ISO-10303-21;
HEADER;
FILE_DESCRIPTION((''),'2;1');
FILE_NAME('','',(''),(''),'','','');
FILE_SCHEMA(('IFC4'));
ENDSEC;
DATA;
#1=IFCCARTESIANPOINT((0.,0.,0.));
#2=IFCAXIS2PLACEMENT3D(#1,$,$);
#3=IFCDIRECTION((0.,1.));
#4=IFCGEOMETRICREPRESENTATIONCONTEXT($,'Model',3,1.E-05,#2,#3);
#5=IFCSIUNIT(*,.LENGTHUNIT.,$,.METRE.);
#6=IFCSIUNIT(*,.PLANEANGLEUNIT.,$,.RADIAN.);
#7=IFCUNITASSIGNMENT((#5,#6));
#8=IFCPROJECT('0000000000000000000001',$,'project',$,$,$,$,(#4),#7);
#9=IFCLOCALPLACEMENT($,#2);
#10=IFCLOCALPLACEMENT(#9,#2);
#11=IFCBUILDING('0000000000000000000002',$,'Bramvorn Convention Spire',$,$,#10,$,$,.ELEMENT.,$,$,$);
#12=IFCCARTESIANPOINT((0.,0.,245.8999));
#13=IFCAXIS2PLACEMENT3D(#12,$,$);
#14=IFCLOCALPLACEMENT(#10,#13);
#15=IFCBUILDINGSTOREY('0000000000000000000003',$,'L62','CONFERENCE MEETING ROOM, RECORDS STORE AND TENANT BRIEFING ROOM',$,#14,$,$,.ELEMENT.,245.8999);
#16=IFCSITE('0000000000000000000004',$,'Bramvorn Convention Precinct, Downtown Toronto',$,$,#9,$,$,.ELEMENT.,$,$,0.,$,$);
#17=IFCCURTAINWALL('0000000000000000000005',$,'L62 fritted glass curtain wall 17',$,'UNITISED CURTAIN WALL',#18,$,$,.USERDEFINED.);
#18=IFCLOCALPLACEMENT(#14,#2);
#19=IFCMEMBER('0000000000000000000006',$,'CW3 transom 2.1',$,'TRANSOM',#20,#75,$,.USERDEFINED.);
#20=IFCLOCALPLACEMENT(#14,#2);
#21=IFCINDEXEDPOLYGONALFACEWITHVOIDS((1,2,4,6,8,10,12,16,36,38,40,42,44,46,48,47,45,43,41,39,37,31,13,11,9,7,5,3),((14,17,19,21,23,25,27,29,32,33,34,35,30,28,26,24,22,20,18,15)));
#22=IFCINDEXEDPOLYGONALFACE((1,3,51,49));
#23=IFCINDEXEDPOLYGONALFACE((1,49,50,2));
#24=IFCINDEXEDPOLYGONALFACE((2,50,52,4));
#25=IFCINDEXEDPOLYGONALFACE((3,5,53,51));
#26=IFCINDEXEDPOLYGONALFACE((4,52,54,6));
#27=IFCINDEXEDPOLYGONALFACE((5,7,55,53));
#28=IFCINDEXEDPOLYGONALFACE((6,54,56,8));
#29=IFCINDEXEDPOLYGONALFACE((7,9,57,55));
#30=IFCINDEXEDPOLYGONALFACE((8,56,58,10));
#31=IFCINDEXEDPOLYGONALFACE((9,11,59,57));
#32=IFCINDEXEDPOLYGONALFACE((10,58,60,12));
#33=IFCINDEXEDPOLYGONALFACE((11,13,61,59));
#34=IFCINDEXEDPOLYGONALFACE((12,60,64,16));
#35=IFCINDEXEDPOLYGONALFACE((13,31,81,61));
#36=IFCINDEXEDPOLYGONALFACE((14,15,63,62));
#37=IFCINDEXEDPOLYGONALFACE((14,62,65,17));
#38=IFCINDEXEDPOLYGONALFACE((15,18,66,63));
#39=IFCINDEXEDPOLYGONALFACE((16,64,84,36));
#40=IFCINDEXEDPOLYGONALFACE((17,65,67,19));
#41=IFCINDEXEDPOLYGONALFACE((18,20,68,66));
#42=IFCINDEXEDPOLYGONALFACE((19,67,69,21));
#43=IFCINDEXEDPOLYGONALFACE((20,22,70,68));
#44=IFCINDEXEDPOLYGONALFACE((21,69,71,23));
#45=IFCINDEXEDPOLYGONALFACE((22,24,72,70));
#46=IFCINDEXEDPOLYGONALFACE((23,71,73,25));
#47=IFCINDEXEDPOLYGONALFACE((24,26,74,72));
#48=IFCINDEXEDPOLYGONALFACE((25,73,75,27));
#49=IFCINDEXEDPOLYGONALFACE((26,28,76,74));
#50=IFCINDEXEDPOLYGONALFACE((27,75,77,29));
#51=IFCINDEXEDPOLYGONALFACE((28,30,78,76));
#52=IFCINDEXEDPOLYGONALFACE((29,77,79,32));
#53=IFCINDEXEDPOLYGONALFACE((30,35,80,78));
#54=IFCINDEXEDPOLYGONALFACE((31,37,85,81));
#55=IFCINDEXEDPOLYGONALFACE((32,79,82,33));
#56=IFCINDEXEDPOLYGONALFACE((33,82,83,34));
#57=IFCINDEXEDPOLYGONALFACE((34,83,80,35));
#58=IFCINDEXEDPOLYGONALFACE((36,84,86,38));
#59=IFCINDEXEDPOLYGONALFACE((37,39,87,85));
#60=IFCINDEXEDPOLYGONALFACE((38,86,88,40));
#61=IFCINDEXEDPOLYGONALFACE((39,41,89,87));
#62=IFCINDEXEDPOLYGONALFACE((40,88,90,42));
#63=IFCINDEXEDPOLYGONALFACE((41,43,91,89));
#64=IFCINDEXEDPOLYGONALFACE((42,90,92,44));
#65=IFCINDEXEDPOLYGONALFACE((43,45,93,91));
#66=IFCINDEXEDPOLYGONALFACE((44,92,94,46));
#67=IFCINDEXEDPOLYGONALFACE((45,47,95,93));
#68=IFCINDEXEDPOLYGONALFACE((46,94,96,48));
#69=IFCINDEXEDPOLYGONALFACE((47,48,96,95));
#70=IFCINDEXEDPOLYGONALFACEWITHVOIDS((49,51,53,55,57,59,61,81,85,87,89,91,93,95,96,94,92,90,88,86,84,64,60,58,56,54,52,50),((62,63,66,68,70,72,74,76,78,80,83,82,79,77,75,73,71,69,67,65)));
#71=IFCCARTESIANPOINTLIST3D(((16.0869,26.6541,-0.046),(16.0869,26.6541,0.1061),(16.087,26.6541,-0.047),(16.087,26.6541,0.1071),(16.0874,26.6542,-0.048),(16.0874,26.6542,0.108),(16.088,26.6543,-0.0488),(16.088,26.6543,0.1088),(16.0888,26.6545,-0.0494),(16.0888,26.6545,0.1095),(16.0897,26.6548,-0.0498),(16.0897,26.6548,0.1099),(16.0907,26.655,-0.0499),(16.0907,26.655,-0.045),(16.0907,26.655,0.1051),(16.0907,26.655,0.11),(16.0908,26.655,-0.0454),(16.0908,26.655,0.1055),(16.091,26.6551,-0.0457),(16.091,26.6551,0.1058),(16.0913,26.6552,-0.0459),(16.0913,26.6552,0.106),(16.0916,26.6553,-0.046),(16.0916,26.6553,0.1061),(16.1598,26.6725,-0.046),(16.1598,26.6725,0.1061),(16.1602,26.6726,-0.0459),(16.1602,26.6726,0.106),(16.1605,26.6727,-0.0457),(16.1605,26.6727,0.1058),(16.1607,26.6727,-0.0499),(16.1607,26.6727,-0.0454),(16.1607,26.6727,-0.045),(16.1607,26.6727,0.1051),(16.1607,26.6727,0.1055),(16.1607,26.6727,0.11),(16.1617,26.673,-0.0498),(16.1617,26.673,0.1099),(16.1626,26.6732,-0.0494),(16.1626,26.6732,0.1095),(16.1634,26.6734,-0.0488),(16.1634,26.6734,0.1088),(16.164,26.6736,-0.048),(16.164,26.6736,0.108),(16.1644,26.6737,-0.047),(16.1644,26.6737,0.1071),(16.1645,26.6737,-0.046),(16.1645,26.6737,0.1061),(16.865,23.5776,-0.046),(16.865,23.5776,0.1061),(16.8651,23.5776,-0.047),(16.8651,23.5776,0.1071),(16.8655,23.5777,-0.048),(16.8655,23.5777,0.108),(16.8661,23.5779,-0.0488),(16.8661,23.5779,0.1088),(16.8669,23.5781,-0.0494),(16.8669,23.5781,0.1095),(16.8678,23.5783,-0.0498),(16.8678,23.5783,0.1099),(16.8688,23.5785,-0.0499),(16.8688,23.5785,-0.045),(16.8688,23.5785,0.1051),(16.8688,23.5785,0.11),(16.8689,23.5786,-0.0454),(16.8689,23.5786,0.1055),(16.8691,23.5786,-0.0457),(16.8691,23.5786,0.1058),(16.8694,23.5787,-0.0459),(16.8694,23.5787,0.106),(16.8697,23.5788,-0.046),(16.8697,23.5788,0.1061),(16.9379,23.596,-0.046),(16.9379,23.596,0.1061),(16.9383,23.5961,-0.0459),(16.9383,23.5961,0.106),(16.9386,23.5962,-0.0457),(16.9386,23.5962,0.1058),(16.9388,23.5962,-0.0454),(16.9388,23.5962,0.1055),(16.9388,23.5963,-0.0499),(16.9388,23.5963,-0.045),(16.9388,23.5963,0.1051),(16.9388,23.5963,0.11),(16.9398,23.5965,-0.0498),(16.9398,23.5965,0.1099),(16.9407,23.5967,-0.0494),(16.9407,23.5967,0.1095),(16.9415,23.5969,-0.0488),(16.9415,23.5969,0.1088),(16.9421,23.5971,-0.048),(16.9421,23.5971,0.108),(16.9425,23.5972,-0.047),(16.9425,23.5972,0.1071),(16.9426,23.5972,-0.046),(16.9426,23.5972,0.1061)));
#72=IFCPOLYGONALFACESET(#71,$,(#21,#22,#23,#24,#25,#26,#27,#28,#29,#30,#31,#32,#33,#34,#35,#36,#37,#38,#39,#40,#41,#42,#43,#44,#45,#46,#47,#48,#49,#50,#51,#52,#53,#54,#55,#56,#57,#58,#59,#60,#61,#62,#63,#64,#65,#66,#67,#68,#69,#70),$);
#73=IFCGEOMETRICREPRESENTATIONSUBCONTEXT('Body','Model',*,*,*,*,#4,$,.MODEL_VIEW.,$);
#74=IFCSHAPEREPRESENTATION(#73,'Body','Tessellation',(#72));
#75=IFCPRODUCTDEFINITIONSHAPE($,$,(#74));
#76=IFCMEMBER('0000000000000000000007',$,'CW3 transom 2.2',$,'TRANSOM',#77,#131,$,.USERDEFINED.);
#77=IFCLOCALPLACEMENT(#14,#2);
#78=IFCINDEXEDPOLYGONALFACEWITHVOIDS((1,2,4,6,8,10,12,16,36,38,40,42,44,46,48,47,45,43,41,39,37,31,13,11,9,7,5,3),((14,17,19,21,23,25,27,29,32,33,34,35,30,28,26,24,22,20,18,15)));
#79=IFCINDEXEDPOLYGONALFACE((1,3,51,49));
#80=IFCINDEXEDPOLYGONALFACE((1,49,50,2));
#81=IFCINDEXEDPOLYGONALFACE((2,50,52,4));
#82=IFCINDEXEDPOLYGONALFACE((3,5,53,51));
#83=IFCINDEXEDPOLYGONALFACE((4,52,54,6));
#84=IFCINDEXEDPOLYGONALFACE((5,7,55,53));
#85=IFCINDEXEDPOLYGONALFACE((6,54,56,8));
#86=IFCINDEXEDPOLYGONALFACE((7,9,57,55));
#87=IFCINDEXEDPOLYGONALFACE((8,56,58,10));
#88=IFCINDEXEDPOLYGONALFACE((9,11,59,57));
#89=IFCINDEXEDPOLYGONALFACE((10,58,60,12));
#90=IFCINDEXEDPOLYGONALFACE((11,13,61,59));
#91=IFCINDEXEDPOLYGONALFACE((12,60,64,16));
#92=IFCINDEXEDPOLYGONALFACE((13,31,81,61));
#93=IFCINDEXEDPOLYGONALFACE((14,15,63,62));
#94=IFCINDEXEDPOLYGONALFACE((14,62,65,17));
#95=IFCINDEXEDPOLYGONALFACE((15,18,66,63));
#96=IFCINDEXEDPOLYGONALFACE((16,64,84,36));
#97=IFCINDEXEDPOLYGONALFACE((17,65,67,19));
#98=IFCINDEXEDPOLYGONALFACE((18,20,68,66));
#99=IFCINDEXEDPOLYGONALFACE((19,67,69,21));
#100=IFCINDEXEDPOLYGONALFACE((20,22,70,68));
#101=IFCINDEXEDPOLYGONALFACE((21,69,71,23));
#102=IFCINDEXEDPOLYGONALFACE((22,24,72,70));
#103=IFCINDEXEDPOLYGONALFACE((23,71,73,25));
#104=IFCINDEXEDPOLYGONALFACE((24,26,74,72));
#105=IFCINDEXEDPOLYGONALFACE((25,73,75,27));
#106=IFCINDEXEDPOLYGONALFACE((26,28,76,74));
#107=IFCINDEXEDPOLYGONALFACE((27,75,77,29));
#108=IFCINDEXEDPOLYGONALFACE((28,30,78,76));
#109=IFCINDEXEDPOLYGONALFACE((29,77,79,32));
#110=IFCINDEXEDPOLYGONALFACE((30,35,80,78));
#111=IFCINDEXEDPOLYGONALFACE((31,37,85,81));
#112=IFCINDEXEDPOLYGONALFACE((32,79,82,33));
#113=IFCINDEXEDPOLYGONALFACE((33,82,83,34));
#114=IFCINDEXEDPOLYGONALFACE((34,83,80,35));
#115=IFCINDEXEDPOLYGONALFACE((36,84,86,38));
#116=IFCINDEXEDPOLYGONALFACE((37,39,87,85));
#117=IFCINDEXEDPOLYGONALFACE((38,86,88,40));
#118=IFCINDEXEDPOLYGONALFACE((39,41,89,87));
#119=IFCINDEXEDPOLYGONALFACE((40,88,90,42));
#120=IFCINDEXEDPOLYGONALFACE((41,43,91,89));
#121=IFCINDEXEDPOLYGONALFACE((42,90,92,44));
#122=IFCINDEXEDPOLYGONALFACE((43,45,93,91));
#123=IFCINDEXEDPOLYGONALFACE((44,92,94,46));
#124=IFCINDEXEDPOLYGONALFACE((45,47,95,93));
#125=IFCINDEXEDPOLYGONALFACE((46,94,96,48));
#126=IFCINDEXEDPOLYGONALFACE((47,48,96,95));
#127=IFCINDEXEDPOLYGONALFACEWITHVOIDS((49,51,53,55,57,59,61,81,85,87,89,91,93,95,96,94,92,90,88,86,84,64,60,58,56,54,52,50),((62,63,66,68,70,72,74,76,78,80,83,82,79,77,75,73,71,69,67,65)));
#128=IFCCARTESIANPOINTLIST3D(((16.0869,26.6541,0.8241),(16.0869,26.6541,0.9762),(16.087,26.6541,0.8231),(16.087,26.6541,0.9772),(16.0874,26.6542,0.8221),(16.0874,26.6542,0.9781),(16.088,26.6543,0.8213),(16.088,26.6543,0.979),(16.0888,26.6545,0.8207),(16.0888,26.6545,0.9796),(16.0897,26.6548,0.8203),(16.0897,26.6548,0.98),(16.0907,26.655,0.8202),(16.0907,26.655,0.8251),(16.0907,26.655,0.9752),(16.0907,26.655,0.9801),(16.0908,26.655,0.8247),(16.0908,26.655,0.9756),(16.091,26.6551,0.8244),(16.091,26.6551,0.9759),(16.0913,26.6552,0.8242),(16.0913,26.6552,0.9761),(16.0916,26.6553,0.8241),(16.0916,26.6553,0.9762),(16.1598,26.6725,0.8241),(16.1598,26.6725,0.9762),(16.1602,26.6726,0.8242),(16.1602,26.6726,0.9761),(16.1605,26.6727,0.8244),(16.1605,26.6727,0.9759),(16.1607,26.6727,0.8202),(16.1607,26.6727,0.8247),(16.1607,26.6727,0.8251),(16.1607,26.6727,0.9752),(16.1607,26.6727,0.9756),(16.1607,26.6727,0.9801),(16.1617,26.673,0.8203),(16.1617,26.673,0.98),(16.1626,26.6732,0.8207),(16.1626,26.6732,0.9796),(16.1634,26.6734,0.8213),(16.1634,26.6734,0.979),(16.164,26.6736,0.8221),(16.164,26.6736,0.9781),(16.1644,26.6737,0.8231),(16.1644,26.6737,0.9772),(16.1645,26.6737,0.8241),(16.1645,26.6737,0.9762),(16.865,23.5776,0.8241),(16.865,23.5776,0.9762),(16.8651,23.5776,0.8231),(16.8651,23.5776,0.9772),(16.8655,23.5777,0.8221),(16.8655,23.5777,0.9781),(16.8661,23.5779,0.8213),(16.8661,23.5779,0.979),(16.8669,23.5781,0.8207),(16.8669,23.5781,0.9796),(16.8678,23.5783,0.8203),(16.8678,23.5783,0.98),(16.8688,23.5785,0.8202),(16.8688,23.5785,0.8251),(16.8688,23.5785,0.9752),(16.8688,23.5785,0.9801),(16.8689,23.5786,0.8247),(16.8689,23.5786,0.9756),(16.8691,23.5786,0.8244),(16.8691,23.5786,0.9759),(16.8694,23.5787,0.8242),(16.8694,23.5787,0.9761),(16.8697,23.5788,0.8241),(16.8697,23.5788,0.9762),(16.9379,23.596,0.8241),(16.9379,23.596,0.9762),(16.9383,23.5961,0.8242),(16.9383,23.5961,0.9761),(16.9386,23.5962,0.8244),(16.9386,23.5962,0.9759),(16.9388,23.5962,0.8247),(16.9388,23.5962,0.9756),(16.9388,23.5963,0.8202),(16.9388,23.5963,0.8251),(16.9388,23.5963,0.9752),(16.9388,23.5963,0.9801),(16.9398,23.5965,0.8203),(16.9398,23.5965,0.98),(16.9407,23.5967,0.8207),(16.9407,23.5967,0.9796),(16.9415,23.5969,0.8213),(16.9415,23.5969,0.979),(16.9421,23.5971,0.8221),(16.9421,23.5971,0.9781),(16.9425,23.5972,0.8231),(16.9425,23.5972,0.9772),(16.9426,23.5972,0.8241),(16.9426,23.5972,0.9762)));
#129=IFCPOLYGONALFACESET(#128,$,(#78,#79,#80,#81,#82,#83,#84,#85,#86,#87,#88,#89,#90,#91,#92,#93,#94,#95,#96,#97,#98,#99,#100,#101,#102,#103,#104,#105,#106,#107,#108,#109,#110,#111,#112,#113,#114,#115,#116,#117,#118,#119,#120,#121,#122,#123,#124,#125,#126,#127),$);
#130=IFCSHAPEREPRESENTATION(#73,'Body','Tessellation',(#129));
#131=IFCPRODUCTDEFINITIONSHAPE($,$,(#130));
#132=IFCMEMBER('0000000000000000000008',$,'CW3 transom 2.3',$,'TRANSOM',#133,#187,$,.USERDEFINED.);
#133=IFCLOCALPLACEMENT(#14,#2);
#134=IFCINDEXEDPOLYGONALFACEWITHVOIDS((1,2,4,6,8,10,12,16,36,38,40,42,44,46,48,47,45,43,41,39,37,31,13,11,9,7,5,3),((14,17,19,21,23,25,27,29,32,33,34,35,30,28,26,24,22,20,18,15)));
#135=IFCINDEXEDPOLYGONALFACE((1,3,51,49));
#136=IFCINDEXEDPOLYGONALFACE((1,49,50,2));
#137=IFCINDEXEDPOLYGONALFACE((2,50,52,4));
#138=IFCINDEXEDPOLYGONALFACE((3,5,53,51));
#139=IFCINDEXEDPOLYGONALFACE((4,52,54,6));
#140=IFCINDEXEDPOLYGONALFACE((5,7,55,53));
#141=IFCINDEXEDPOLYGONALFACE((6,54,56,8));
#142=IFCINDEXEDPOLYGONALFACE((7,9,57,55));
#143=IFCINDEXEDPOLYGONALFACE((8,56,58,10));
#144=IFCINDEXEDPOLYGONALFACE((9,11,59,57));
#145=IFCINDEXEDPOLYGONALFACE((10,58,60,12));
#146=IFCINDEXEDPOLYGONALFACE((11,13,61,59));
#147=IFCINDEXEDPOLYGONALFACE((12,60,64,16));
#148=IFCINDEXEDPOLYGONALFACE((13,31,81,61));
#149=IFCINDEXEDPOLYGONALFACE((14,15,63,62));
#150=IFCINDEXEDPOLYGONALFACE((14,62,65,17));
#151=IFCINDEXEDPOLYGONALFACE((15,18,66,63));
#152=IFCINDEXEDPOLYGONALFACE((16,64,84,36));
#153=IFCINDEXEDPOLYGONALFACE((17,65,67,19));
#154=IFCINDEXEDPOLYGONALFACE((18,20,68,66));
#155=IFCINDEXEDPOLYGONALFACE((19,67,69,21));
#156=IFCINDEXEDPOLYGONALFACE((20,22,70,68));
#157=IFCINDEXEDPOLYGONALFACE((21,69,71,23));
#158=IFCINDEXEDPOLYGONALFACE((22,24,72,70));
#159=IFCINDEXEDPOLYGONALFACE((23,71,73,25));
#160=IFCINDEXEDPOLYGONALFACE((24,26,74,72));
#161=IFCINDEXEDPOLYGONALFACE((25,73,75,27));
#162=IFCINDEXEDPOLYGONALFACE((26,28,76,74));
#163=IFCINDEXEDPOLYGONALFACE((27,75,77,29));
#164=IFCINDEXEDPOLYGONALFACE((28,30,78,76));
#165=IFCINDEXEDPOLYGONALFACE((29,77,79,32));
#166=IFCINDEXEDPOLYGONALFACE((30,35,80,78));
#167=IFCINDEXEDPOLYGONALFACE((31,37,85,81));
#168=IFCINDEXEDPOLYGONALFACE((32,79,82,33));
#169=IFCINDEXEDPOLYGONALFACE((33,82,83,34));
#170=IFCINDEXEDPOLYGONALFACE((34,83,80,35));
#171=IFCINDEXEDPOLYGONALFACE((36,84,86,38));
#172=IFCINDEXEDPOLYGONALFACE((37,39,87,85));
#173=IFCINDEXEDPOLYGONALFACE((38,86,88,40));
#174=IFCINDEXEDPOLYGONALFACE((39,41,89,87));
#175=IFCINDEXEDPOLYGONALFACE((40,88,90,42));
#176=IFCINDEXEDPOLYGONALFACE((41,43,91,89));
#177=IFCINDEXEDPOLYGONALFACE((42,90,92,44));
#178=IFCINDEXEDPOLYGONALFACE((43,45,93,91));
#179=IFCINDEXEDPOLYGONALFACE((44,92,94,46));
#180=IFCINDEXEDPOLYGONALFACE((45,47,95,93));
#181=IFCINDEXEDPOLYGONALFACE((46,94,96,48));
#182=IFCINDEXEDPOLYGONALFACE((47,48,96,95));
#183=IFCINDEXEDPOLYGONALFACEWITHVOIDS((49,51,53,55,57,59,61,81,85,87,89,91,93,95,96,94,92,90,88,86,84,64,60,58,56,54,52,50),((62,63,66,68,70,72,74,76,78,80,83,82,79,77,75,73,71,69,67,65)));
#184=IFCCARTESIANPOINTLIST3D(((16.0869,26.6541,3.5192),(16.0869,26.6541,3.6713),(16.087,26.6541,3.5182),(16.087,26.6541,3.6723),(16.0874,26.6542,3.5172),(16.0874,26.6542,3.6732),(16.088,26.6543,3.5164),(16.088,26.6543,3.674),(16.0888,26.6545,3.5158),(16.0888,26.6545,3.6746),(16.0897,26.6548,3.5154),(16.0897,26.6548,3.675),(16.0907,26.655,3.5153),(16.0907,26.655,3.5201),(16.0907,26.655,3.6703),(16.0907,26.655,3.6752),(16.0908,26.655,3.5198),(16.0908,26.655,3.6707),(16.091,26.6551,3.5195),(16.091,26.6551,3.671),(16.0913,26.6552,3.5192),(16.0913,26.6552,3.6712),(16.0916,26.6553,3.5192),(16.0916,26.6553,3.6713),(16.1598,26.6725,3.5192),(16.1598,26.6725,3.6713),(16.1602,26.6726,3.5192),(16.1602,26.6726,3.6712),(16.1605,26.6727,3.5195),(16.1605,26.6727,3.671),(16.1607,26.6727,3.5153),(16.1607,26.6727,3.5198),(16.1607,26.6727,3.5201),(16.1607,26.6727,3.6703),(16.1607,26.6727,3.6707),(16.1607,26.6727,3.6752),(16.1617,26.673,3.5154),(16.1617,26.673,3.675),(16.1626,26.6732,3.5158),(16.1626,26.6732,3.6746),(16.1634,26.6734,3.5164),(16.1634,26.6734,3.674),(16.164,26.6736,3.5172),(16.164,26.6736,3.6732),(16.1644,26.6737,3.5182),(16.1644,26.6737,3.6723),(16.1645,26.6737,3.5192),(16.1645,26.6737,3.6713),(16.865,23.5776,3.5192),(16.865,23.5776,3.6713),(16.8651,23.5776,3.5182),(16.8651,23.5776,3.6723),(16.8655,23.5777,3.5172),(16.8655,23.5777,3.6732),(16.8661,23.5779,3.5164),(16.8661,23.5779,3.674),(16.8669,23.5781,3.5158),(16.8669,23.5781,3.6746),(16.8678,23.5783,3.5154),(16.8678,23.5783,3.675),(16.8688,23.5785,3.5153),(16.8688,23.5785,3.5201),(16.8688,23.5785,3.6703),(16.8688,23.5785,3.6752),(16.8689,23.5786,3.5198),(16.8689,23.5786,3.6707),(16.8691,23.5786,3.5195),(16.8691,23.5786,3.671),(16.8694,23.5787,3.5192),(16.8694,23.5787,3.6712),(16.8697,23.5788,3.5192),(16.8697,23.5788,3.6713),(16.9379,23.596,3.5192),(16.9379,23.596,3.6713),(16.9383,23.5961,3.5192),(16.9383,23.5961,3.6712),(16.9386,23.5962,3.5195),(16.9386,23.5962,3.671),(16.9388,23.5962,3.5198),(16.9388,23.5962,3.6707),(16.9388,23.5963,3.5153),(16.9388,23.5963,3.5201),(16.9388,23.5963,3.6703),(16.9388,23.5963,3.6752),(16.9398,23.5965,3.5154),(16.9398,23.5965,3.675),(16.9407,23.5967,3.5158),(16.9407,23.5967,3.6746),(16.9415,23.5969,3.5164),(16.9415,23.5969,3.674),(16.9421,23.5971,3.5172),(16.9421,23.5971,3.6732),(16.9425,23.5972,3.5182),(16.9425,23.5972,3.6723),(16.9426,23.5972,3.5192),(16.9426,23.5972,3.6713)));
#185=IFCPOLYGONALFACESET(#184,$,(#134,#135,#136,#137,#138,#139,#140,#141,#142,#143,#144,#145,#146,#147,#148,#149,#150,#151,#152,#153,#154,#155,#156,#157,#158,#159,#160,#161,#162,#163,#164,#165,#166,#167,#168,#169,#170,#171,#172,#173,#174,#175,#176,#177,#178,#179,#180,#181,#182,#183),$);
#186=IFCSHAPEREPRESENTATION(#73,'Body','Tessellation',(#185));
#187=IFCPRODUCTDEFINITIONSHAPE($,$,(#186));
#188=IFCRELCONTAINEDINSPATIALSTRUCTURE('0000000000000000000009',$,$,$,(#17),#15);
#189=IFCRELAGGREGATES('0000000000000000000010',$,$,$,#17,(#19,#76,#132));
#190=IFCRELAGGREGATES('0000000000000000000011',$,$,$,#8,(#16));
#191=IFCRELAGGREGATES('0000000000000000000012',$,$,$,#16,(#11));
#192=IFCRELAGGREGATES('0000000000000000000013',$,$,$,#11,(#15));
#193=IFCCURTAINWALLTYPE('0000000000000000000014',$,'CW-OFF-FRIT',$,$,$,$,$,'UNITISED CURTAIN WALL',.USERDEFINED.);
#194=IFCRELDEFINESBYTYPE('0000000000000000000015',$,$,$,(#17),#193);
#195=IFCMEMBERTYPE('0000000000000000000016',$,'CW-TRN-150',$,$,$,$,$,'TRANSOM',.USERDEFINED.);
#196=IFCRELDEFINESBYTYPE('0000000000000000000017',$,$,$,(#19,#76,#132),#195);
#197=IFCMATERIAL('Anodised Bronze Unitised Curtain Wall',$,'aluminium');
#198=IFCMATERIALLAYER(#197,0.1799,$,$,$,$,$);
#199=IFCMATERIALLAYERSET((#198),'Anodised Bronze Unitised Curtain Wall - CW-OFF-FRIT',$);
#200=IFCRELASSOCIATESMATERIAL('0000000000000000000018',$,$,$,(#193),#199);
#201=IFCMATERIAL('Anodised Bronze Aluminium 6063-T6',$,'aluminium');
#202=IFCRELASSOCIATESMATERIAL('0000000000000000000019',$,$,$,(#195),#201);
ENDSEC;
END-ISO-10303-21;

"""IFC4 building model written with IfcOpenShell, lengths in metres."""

from ifc_helpers import new_model, si_unit, direction, frame, origin, origin_2d, place, context, subcontext, project, spatial, hollow_rectangle, extrude, material, layer, layer_set, material_profile, profile_set, type_object, element, aggregate, save


model = new_model("IFC4")

# Units and contexts
model_context = context("Model", 3, precision=1e-05, world=origin(), true_north=direction((0.0, 1.0)))
body_context = subcontext(model_context, "Body", "Model", "MODEL_VIEW")
ifc_project = project(units=[si_unit("LENGTHUNIT", "METRE"), si_unit("PLANEANGLEUNIT", "RADIAN")], contexts=[model_context])

# Site, building, storey
site_placement = place(None, origin())
site = spatial("IfcSite", under=ifc_project, at=site_placement, Name="Bramvorn Convention Precinct, Downtown Toronto", CompositionType="ELEMENT", RefElevation=0.0)
building_placement = place(site_placement, origin())
building = spatial("IfcBuilding", under=site, at=building_placement, Name="Bramvorn Convention Spire", CompositionType="ELEMENT")
storey_placement = place(building_placement, frame((0.0, 0.0, 245.8999)))
storey = spatial("IfcBuildingStorey", under=building, at=storey_placement, Name="L62", Description="CONFERENCE MEETING ROOM, RECORDS STORE AND TENANT BRIEFING ROOM", CompositionType="ELEMENT", Elevation=245.8999)

# Curtain wall
ifc_material_1 = material(Name="Anodised Bronze Unitised Curtain Wall", Category="aluminium")
ifc_layer_1 = layer(ifc_material_1, 0.1799)
ifc_layer_set_1 = layer_set([ifc_layer_1], Name="Anodised Bronze Unitised Curtain Wall - CW-OFF-FRIT")
curtain_wall_type = type_object("IfcCurtainWallType", Name="CW-OFF-FRIT", ElementType="UNITISED CURTAIN WALL", PredefinedType="USERDEFINED", material=ifc_layer_set_1)
curtain_wall_1_placement = place(storey_placement, origin())
curtain_wall_1 = element("IfcCurtainWall", 1, at=curtain_wall_1_placement, inside=storey, type_object=curtain_wall_type, Name="L62 fritted glass curtain wall 17", ObjectType="UNITISED CURTAIN WALL", PredefinedType="USERDEFINED")
ifc_material_2 = material(Name="Anodised Bronze Aluminium 6063-T6", Category="aluminium")

# Members
ifc_material_profile_1 = material_profile(ifc_material_2, hollow_rectangle(XDim=0.0801, YDim=0.1599, WallThickness=0.0039, InnerFilletRadius=0.001, OuterFilletRadius=0.0039, at=origin_2d()))
ifc_profile_set_1 = profile_set([ifc_material_profile_1], Name="Anodised Bronze Aluminium 6063-T6 - CWT80X160")
member_type_1 = type_object("IfcMemberType", Name="CW-TRN-150", ElementType="TRANSOM", PredefinedType="USERDEFINED", material=ifc_profile_set_1)
member_1_placement = place(storey_placement, frame((16.9038, 23.5874, 0.03), z_axis=(-0.245196, 0.969474, 0.0), x_axis=(-0.969474, -0.245196, 0.0)))
member_1 = element("IfcMember", 2, at=member_1_placement, type_object=member_type_1, Name="CW3 transom 2.1", ObjectType="TRANSOM", PredefinedType="USERDEFINED", context=body_context, shape_type="SweptSolid", body=[
    extrude(hollow_rectangle(XDim=0.0801, YDim=0.1599, WallThickness=0.0039, InnerFilletRadius=0.001, OuterFilletRadius=0.0039, at=origin_2d()), origin(), (0.0, 0.0, 1.0), 3.1733),
])
member_2_placement = place(storey_placement, frame((16.9038, 23.5874, 0.9001), z_axis=(-0.245196, 0.969474, 0.0), x_axis=(-0.969474, -0.245196, 0.0)))
member_2 = element("IfcMember", 3, at=member_2_placement, type_object=member_type_1, Name="CW3 transom 2.2", ObjectType="TRANSOM", PredefinedType="USERDEFINED", context=body_context, shape_type="SweptSolid", body=[
    extrude(hollow_rectangle(XDim=0.0801, YDim=0.1599, WallThickness=0.0039, InnerFilletRadius=0.001, OuterFilletRadius=0.0039, at=origin_2d()), origin(), (0.0, 0.0, 1.0), 3.1733),
])
member_3_placement = place(storey_placement, frame((16.9038, 23.5874, 3.5952), z_axis=(-0.245196, 0.969474, 0.0), x_axis=(-0.969474, -0.245196, 0.0)))
member_3 = element("IfcMember", 4, at=member_3_placement, type_object=member_type_1, Name="CW3 transom 2.3", ObjectType="TRANSOM", PredefinedType="USERDEFINED", context=body_context, shape_type="SweptSolid", body=[
    extrude(hollow_rectangle(XDim=0.0801, YDim=0.1599, WallThickness=0.0039, InnerFilletRadius=0.001, OuterFilletRadius=0.0039, at=origin_2d()), origin(), (0.0, 0.0, 1.0), 3.1733),
])

aggregate(curtain_wall_1, [member_1, member_2, member_3])

save(model, "model.ifc")
